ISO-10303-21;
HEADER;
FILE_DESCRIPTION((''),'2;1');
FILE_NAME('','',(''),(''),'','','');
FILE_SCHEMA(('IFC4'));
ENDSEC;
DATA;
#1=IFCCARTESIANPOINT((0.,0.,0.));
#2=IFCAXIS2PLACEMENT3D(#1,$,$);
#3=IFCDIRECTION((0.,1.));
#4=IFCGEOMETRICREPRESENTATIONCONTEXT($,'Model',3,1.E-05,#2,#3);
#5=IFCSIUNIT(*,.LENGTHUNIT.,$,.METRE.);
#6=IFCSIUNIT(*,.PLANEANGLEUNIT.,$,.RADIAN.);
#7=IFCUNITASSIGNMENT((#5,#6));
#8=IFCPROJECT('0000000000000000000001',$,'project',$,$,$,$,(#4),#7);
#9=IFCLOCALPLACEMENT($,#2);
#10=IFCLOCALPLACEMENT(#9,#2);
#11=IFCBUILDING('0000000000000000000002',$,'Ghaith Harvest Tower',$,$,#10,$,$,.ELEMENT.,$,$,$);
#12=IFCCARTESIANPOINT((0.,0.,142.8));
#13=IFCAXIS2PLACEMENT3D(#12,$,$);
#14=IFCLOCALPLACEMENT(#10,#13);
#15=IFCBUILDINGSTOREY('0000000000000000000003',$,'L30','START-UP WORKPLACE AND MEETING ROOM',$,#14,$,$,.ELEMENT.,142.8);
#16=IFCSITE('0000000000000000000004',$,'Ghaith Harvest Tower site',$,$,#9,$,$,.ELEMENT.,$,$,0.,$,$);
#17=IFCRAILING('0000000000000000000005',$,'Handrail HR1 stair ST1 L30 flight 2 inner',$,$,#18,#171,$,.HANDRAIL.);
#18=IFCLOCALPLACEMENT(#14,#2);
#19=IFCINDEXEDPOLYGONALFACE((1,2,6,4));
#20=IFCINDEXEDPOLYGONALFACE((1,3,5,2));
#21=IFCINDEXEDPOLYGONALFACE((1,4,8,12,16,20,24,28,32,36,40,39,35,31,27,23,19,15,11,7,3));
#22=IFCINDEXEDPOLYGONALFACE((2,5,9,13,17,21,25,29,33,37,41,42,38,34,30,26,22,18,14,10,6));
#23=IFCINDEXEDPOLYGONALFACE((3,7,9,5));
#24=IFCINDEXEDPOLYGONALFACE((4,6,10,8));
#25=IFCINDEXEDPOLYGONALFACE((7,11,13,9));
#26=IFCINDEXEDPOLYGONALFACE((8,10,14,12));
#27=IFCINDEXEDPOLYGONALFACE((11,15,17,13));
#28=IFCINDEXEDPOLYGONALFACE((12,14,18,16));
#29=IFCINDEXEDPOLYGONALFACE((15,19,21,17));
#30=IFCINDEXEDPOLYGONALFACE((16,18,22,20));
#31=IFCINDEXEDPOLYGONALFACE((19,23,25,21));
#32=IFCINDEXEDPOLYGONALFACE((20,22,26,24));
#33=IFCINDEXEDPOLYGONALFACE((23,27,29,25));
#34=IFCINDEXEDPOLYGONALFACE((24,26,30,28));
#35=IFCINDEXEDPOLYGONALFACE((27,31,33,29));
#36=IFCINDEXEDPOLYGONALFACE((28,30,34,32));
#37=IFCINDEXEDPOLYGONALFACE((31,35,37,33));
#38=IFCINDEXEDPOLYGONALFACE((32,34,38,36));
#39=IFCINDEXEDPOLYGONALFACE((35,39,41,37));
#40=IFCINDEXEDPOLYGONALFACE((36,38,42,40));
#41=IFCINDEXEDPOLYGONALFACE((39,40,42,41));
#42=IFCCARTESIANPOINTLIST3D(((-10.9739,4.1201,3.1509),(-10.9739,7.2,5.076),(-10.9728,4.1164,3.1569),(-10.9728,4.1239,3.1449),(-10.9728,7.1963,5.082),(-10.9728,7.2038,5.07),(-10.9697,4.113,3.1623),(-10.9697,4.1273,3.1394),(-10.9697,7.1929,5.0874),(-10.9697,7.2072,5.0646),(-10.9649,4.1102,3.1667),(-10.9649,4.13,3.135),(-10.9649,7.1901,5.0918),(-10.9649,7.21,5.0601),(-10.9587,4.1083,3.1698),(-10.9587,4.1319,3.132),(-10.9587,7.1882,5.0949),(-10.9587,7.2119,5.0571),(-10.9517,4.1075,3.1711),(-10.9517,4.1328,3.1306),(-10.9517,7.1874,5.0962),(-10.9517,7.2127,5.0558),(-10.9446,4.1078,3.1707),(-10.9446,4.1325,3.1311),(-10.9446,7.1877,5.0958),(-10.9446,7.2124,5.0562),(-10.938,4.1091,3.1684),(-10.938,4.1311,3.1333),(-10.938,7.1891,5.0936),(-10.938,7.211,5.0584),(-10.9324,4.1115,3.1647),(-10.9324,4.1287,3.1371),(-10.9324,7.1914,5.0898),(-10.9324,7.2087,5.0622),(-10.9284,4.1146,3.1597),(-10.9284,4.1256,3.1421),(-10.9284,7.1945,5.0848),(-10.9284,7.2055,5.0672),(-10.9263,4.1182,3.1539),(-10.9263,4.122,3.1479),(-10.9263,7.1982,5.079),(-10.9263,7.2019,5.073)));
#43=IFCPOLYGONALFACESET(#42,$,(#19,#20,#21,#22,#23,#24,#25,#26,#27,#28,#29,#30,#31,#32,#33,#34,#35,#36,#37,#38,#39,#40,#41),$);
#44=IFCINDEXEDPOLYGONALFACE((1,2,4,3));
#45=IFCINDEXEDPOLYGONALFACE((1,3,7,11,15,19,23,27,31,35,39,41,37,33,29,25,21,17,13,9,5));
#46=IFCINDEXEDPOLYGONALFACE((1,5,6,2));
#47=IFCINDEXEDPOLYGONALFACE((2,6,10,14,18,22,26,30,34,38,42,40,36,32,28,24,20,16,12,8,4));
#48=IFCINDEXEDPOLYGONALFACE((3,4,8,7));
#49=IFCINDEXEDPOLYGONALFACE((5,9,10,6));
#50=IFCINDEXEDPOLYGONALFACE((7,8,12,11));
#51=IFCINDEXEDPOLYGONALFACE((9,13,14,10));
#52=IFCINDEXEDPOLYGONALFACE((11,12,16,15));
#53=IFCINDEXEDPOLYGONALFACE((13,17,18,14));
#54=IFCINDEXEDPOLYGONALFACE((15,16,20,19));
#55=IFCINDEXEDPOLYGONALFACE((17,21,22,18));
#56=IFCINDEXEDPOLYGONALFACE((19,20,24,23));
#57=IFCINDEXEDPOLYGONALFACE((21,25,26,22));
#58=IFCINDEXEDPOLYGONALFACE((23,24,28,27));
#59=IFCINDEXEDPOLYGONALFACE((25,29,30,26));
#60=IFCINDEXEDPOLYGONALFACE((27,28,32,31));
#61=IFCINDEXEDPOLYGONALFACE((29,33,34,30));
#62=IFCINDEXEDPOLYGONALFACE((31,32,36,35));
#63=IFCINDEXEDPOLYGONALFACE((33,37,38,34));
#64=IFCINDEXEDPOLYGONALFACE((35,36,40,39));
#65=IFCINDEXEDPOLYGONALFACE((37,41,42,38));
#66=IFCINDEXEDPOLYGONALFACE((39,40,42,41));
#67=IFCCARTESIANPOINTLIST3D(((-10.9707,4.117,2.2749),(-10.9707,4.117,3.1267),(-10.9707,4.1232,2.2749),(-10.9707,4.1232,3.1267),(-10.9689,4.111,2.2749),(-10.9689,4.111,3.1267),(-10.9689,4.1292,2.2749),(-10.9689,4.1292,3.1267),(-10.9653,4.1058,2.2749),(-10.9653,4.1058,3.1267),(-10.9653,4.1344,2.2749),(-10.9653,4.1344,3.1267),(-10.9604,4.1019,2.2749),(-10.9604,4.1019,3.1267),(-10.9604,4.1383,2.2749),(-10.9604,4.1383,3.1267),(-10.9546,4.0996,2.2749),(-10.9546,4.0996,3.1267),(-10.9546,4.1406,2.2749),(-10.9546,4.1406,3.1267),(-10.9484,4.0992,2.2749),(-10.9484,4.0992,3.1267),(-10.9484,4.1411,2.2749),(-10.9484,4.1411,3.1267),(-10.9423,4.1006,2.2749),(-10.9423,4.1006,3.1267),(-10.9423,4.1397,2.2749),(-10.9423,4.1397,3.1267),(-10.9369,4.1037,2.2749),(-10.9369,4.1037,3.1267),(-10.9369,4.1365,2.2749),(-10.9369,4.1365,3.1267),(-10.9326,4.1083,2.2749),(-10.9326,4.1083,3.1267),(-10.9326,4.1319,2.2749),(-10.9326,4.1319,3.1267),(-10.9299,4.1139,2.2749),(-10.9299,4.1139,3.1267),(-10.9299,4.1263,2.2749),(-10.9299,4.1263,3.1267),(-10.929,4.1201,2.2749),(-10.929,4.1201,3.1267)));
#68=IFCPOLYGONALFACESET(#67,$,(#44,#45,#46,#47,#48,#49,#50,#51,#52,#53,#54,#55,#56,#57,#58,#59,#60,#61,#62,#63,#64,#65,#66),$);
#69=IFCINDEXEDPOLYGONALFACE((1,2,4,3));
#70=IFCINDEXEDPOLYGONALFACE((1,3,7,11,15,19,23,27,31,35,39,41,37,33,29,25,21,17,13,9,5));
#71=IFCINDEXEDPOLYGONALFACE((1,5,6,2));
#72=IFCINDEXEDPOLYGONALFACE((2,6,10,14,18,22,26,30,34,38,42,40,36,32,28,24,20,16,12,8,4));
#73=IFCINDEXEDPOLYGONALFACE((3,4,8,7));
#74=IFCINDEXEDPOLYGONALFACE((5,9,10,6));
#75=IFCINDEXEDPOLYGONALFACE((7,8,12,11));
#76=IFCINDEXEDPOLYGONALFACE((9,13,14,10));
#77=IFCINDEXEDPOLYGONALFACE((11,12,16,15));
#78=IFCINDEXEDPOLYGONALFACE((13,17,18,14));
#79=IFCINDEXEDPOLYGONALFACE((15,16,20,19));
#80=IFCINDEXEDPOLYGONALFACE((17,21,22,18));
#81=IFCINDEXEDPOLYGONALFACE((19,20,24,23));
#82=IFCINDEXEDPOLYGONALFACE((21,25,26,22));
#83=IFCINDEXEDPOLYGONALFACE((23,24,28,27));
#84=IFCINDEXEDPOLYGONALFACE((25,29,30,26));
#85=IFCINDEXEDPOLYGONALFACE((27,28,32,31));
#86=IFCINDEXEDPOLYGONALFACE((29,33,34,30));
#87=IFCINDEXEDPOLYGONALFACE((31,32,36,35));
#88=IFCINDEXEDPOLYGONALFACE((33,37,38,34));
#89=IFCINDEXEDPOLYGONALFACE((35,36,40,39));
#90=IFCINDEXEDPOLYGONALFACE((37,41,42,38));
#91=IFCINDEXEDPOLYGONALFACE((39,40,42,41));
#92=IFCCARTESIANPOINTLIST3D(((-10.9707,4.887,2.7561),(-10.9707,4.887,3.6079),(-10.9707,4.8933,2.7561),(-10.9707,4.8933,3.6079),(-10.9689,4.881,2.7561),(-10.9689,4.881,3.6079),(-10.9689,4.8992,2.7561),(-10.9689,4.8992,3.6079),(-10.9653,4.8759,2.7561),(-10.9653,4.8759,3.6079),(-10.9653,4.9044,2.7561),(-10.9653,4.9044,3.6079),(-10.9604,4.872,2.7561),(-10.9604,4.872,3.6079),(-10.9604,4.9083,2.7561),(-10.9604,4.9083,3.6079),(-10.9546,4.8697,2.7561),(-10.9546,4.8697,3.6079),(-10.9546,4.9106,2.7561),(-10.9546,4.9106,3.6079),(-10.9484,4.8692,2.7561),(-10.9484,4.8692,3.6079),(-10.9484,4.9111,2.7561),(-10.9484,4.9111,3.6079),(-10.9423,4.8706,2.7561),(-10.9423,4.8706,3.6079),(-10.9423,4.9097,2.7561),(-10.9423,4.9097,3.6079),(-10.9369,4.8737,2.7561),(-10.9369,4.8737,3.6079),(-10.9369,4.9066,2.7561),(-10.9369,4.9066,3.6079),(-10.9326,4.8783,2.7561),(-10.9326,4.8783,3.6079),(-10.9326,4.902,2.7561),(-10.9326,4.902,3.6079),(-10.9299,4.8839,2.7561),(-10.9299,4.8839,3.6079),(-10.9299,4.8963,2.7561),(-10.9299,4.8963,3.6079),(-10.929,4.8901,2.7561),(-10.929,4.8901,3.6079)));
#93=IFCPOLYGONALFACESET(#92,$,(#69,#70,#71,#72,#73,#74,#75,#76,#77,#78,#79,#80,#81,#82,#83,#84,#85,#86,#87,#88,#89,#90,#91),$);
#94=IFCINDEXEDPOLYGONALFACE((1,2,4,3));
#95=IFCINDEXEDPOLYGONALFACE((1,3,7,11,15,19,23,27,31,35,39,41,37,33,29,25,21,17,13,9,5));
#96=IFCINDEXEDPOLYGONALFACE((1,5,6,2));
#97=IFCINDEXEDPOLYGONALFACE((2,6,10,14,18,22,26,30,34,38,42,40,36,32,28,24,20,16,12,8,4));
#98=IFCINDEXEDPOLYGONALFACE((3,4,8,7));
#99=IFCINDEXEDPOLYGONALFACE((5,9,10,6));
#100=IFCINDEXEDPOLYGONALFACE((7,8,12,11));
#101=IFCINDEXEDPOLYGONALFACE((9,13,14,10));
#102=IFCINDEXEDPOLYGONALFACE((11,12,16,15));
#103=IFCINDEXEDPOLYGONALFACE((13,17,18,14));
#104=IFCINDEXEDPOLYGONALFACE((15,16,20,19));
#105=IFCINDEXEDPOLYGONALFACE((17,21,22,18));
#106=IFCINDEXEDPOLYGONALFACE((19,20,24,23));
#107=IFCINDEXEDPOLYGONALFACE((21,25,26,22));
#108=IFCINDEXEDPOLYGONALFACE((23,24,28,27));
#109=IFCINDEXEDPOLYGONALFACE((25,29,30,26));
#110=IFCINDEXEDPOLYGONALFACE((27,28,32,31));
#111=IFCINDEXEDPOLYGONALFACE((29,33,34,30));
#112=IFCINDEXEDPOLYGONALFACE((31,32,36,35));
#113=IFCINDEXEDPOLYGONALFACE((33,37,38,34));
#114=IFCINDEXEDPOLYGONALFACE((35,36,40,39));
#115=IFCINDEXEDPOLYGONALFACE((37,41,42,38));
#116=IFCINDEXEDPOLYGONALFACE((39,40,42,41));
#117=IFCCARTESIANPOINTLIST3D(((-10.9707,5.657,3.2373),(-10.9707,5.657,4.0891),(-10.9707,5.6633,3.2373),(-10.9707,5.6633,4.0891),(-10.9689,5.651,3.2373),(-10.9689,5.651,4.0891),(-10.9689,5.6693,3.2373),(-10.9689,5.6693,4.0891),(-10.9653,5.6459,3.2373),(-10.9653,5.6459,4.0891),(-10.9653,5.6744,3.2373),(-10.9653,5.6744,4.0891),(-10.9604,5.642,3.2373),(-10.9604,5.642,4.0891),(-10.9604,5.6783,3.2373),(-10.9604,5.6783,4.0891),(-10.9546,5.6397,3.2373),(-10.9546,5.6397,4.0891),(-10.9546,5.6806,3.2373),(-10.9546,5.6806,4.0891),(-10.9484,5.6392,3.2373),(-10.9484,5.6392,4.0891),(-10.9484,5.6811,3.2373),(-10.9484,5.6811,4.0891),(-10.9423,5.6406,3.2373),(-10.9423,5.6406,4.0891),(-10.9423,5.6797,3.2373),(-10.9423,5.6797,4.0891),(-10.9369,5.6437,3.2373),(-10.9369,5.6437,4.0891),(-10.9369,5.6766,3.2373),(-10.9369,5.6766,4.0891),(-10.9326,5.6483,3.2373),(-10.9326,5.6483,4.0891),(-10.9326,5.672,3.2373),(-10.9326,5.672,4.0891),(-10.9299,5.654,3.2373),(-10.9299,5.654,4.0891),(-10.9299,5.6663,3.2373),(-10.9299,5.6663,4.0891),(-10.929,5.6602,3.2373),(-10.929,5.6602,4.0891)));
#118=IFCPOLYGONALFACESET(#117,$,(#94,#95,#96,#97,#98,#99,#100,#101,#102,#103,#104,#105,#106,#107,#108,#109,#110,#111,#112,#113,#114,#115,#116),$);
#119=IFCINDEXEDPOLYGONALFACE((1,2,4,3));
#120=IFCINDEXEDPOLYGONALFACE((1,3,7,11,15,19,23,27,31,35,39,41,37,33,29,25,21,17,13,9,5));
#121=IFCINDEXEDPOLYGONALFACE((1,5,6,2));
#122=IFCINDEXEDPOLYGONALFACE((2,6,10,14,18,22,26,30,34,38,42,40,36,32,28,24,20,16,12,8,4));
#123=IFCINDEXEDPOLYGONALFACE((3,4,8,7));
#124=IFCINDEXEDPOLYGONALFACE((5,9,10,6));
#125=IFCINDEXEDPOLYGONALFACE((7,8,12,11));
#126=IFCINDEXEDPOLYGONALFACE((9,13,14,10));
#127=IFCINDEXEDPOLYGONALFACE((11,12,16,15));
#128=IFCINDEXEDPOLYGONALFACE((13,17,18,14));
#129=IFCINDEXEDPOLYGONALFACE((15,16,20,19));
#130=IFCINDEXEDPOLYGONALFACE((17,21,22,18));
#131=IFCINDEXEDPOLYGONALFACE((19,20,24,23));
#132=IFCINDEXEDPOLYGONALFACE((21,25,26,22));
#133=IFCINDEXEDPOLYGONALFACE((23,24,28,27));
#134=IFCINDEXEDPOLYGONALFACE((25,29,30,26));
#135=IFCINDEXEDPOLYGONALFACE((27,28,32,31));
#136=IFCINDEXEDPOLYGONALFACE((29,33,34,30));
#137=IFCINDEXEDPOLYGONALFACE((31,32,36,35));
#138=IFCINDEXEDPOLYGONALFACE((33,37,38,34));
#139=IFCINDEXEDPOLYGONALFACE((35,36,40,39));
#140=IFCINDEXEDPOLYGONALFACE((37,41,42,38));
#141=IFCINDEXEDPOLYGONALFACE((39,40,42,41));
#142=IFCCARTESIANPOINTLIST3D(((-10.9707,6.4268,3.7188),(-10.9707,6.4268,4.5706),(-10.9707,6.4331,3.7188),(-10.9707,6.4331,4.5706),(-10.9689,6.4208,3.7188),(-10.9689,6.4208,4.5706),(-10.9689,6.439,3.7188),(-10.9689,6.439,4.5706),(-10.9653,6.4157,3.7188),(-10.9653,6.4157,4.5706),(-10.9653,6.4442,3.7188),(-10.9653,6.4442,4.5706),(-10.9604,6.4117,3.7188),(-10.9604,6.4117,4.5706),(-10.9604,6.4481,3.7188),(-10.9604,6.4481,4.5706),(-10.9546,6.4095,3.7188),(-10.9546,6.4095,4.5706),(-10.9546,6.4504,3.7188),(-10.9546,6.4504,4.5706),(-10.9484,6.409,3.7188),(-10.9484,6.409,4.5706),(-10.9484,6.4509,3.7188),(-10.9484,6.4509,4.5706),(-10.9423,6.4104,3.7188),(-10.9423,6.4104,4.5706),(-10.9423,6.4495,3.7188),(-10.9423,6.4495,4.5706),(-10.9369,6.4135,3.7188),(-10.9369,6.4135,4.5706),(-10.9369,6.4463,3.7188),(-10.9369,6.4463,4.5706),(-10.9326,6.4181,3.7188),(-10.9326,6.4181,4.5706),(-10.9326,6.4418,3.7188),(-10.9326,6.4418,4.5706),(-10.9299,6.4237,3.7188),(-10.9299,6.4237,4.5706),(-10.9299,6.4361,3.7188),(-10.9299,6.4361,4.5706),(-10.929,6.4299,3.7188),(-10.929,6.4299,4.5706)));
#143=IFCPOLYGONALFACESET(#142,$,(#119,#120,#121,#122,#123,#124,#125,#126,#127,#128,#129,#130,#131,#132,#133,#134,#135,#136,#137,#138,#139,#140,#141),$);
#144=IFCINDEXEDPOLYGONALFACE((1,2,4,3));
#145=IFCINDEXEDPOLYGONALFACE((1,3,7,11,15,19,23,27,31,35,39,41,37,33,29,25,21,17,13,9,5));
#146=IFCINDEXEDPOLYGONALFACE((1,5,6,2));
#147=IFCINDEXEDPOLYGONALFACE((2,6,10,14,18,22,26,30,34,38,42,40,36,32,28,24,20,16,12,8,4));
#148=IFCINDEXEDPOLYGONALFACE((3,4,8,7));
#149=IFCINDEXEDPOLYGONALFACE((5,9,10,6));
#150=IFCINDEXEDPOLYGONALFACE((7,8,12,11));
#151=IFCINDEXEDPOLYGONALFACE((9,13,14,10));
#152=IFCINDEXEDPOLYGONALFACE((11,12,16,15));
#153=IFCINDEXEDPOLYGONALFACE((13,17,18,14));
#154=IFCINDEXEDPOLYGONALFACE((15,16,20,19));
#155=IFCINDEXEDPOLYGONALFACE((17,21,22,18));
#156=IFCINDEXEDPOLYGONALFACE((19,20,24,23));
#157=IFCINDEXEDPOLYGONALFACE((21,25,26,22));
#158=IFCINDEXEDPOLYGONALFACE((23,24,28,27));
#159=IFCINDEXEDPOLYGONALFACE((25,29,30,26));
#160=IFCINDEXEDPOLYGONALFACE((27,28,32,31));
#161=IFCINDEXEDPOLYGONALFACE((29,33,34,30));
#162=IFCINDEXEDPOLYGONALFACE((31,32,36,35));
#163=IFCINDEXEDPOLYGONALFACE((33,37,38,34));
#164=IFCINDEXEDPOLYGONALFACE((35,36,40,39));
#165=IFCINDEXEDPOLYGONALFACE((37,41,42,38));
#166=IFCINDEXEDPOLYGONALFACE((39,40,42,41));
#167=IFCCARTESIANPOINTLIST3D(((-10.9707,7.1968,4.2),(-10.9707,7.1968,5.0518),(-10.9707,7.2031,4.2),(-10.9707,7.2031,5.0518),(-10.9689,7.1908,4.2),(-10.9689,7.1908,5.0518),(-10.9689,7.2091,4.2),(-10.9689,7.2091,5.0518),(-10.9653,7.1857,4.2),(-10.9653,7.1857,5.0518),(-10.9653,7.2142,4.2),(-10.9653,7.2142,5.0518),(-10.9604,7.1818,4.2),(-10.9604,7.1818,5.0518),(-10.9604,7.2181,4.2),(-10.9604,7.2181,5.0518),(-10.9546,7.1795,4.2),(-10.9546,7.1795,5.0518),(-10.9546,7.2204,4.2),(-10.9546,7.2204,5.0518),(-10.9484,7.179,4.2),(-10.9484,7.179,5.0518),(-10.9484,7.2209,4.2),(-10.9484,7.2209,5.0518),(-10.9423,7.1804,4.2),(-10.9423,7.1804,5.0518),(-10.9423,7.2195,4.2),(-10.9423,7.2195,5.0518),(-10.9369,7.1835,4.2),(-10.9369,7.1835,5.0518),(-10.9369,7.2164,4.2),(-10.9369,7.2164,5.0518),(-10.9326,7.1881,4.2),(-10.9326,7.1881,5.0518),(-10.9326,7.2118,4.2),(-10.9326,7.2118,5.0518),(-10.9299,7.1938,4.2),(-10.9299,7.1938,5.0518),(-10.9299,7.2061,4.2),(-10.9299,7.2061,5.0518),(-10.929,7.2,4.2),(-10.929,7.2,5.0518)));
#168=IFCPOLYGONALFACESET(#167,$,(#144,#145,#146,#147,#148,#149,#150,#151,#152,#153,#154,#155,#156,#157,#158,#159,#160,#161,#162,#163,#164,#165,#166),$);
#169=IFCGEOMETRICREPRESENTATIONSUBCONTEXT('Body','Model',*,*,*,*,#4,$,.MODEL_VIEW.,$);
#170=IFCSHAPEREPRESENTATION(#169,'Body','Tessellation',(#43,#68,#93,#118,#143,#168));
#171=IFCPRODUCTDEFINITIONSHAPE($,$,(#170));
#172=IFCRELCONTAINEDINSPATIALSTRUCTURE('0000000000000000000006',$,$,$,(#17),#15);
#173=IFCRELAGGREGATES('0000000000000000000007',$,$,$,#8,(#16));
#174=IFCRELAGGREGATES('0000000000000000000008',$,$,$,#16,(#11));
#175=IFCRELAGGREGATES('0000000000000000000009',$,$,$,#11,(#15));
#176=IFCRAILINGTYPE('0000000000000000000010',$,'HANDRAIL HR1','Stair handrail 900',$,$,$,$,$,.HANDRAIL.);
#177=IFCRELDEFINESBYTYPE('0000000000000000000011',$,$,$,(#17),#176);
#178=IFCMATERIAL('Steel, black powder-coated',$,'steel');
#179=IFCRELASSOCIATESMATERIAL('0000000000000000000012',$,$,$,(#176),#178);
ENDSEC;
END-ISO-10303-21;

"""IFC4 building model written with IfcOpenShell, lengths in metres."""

from ifc_helpers import new_model, si_unit, direction, frame, origin, origin_2d, place, context, subcontext, project, spatial, circle, extrude, material, type_object, element, save


model = new_model("IFC4")

# Units and contexts
model_context = context("Model", 3, precision=1e-05, world=origin(), true_north=direction((0.0, 1.0)))
body_context = subcontext(model_context, "Body", "Model", "MODEL_VIEW")
ifc_project = project(units=[si_unit("LENGTHUNIT", "METRE"), si_unit("PLANEANGLEUNIT", "RADIAN")], contexts=[model_context])

# Site, building, storey
site_placement = place(None, origin())
site = spatial("IfcSite", under=ifc_project, at=site_placement, Name="Ghaith Harvest Tower site", CompositionType="ELEMENT", RefElevation=0.0)
building_placement = place(site_placement, origin())
building = spatial("IfcBuilding", under=site, at=building_placement, Name="Ghaith Harvest Tower", CompositionType="ELEMENT")
storey_placement = place(building_placement, frame((0.0, 0.0, 142.8)))
storey = spatial("IfcBuildingStorey", under=building, at=storey_placement, Name="L30", Description="START-UP WORKPLACE AND MEETING ROOM", CompositionType="ELEMENT", Elevation=142.8)

# Railing
ifc_material_1 = material(Name="Steel, black powder-coated", Category="steel")
railing_type = type_object("IfcRailingType", Name="HANDRAIL HR1", Description="Stair handrail 900", PredefinedType="HANDRAIL", material=ifc_material_1)
railing_1_placement = place(storey_placement, frame((-10.95, 4.1201, 2.2749)))
element("IfcRailing", 1, at=railing_1_placement, inside=storey, type_object=railing_type, Name="Handrail HR1 stair ST1 L30 flight 2 inner", PredefinedType="HANDRAIL", context=body_context, shape_type="SweptSolid", body=[
    extrude(circle(Radius=0.0239, at=origin_2d()), frame((0.0, 0.0, 0.876), z_axis=(0.0, 0.847979, 0.530029), x_axis=(-1.0, 0.0, 0.0)), (0.0, 0.0, 1.0), 3.6321),
    extrude(circle(Radius=0.021, at=origin_2d()), origin(), (0.0, 0.0, 1.0), 0.8518),
    extrude(circle(Radius=0.021, at=origin_2d()), frame((0.0, 0.77, 0.4812)), (0.0, 0.0, 1.0), 0.8518),
    extrude(circle(Radius=0.021, at=origin_2d()), frame((0.0, 1.54, 0.9624)), (0.0, 0.0, 1.0), 0.8518),
    extrude(circle(Radius=0.021, at=origin_2d()), frame((0.0, 2.3098, 1.4438)), (0.0, 0.0, 1.0), 0.8518),
    extrude(circle(Radius=0.021, at=origin_2d()), frame((0.0, 3.0798, 1.925)), (0.0, 0.0, 1.0), 0.8518),
])

save(model, "model.ifc")
